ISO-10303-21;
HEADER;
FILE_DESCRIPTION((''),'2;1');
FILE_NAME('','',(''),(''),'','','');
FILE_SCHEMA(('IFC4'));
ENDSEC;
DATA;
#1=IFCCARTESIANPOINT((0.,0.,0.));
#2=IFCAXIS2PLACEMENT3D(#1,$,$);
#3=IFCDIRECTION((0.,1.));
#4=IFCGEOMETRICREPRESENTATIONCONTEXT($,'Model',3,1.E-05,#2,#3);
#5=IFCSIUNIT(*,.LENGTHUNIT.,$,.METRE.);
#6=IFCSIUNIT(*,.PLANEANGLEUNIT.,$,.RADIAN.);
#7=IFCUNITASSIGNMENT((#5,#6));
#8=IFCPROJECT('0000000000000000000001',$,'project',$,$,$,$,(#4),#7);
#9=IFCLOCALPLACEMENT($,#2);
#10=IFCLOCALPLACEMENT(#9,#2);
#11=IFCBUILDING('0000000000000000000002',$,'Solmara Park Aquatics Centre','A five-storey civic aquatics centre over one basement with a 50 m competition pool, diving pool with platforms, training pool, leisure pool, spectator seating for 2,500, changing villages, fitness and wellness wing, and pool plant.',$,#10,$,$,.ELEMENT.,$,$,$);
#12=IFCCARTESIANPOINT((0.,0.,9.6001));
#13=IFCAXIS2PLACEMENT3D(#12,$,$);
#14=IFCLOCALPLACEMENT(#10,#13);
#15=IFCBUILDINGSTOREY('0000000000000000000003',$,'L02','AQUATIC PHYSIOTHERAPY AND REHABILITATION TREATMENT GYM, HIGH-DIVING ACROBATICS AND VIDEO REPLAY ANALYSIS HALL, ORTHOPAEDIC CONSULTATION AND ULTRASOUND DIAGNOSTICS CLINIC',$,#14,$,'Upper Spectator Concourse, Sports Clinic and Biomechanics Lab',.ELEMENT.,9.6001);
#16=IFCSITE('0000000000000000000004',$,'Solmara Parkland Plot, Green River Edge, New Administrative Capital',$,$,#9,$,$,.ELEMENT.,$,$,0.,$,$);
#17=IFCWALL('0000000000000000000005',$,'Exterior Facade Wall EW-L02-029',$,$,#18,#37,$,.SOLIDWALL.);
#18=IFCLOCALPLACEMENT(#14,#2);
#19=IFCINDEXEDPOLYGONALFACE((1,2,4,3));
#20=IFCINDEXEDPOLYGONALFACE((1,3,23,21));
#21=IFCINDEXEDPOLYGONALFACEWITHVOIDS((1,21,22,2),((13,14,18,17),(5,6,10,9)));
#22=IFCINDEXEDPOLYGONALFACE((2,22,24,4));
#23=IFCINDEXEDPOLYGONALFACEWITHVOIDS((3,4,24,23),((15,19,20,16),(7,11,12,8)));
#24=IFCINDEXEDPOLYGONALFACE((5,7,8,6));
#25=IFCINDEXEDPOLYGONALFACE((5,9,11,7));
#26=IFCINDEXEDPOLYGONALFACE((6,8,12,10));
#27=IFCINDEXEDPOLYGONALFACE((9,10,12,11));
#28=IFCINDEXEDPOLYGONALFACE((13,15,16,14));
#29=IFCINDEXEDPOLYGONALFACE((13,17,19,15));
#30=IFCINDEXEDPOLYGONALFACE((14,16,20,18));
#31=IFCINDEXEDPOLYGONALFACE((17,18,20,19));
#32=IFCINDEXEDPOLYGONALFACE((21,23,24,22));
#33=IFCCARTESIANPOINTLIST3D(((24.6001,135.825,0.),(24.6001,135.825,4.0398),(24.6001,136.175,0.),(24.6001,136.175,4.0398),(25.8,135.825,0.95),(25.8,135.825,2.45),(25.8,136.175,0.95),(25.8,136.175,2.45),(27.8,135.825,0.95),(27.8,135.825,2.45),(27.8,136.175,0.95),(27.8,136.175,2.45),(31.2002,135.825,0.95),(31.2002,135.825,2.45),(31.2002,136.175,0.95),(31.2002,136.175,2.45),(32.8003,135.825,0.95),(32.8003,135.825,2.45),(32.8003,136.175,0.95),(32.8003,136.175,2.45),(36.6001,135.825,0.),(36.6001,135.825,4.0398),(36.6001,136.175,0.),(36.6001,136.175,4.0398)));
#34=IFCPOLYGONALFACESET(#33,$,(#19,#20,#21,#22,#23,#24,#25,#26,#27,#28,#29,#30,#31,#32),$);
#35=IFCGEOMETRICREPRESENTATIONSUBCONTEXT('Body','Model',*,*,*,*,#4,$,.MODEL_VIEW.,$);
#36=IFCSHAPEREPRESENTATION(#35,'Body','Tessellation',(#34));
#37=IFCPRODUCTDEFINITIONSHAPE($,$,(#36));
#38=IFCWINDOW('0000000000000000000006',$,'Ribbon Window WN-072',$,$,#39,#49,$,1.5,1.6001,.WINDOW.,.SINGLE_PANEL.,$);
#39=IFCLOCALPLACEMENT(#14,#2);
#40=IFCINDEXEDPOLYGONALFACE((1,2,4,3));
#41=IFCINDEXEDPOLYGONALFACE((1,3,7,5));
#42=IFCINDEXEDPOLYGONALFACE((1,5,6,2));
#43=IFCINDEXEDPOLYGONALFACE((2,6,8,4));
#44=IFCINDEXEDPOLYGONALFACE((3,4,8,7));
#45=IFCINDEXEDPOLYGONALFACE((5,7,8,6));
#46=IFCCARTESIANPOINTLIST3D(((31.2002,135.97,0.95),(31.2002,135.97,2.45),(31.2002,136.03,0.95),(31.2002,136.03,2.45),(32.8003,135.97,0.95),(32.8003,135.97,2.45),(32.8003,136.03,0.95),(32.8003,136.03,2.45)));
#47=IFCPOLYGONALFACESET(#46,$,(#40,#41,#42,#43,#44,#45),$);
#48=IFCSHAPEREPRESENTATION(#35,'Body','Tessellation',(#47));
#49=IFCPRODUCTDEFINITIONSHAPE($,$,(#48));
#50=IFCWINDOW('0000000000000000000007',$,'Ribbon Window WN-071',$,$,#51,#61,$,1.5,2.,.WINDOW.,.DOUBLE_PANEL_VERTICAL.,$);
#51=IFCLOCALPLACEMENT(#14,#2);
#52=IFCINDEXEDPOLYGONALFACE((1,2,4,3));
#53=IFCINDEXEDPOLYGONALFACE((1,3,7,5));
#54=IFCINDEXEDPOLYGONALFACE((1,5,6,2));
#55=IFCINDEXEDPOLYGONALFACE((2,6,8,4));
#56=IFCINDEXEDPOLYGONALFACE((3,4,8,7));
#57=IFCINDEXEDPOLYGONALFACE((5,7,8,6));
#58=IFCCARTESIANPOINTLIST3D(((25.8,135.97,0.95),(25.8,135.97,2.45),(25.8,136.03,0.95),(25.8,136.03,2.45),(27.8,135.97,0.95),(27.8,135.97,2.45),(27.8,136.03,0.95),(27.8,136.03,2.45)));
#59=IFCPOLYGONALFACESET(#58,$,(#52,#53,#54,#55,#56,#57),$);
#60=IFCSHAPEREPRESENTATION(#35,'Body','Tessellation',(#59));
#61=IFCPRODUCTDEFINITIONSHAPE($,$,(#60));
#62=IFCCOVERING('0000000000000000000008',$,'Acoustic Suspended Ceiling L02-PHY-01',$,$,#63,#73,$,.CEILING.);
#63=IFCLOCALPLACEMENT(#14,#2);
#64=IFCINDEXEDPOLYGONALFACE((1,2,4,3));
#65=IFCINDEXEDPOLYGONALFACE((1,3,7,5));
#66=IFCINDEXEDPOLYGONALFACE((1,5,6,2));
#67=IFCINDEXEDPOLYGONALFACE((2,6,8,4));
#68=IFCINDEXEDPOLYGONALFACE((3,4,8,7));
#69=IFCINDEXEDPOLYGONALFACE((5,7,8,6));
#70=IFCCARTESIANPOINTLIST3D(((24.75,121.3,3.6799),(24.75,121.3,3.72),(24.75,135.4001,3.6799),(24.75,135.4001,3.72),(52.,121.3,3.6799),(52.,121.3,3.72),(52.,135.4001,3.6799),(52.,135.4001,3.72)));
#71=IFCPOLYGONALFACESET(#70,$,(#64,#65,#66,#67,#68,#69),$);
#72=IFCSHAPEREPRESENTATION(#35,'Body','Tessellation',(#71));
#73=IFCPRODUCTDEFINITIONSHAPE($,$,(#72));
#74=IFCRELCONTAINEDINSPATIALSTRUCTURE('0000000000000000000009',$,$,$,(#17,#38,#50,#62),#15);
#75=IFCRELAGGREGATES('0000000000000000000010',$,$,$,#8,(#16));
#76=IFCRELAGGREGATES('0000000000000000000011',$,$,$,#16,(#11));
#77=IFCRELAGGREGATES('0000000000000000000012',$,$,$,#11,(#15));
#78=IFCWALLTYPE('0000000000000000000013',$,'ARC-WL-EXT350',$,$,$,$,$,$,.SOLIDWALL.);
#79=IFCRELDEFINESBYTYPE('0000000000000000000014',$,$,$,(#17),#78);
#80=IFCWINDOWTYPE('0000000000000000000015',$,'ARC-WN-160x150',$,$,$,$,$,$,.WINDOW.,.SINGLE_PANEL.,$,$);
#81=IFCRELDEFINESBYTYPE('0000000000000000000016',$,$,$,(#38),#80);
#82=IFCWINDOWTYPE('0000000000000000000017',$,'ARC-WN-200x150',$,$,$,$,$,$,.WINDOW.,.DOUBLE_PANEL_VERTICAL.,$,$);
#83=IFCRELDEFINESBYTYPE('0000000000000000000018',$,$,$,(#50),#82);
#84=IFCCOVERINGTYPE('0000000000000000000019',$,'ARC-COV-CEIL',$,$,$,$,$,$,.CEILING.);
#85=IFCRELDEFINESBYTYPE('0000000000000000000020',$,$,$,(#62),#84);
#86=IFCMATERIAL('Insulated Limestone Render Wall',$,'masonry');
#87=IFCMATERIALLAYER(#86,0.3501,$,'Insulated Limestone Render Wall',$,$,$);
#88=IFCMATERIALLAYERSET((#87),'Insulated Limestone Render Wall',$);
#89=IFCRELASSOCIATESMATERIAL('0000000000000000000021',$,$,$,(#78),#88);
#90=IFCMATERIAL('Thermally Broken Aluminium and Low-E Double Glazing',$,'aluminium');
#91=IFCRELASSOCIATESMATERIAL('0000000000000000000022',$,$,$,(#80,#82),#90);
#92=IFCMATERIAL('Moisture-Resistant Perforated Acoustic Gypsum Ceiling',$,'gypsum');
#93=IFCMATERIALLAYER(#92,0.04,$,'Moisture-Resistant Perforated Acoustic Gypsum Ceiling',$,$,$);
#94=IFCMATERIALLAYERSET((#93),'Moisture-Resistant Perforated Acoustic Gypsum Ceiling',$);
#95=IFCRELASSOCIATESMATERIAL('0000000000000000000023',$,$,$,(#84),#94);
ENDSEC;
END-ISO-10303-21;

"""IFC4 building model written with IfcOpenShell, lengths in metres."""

from ifc_helpers import new_model, si_unit, direction, frame, frame_2d, origin, origin_2d, place, context, subcontext, project, spatial, rectangle, extrude, material, layer, layer_set, type_object, element, fill, save


model = new_model("IFC4")

# Units and contexts
model_context = context("Model", 3, precision=1e-05, world=origin(), true_north=direction((0.0, 1.0)))
body_context = subcontext(model_context, "Body", "Model", "MODEL_VIEW")
ifc_project = project(units=[si_unit("LENGTHUNIT", "METRE"), si_unit("PLANEANGLEUNIT", "RADIAN")], contexts=[model_context])

# Site, building, storey
site_placement = place(None, origin())
site = spatial("IfcSite", under=ifc_project, at=site_placement, Name="Solmara Parkland Plot, Green River Edge, New Administrative Capital", CompositionType="ELEMENT", RefElevation=0.0)
building_placement = place(site_placement, origin())
building = spatial("IfcBuilding", under=site, at=building_placement, Name="Solmara Park Aquatics Centre", Description="A five-storey civic aquatics centre over one basement with a 50 m competition pool, diving pool with platforms, training pool, leisure pool, spectator seating for 2,500, changing villages, fitness and wellness wing, and pool plant.", CompositionType="ELEMENT")
storey_placement = place(building_placement, frame((0.0, 0.0, 9.6001)))
storey = spatial("IfcBuildingStorey", under=building, at=storey_placement, Name="L02", Description="AQUATIC PHYSIOTHERAPY AND REHABILITATION TREATMENT GYM, HIGH-DIVING ACROBATICS AND VIDEO REPLAY ANALYSIS HALL, ORTHOPAEDIC CONSULTATION AND ULTRASOUND DIAGNOSTICS CLINIC", LongName="Upper Spectator Concourse, Sports Clinic and Biomechanics Lab", CompositionType="ELEMENT", Elevation=9.6001)

# Wall, openings, windows
ifc_material_1 = material(Name="Insulated Limestone Render Wall", Category="masonry")
ifc_layer_1 = layer(ifc_material_1, 0.3501, Name="Insulated Limestone Render Wall")
ifc_layer_set_1 = layer_set([ifc_layer_1], Name="Insulated Limestone Render Wall")
wall_type_1 = type_object("IfcWallType", Name="ARC-WL-EXT350", PredefinedType="SOLIDWALL", material=ifc_layer_set_1)
wall_1_placement = place(storey_placement, frame((24.6001, 136.0, 0.0), z_axis=(0.0, 0.0, 1.0), x_axis=(1.0, 0.0, 0.0)))
wall_1 = element("IfcWall", 1, at=wall_1_placement, inside=storey, type_object=wall_type_1, Name="Exterior Facade Wall EW-L02-029", PredefinedType="SOLIDWALL", context=body_context, shape_type="SweptSolid", body=[
    extrude(rectangle(XDim=12.0, YDim=0.3501, at=frame_2d((6.0, 0.0))), origin(), (0.0, 0.0, 1.0), 4.0398),
])
opening_1_placement = place(wall_1_placement, frame((1.2, 0.0, 0.95)))
opening_1 = element("IfcOpeningElement", 2, at=opening_1_placement, cuts=wall_1, PredefinedType="OPENING", context=body_context, shape_type="SweptSolid", body=[
    extrude(rectangle(XDim=2.0, YDim=1.5, at=frame_2d((1.0, 0.75))), frame((0.0, 0.1851, 0.0), z_axis=(0.0, -1.0, 0.0), x_axis=(1.0, 0.0, 0.0)), (0.0, 0.0, 1.0), 0.3701),
])
opening_2_placement = place(wall_1_placement, frame((6.6001, 0.0, 0.95)))
opening_2 = element("IfcOpeningElement", 3, at=opening_2_placement, cuts=wall_1, PredefinedType="OPENING", context=body_context, shape_type="SweptSolid", body=[
    extrude(rectangle(XDim=1.6001, YDim=1.5, at=frame_2d((0.8, 0.75))), frame((0.0, 0.1851, 0.0), z_axis=(0.0, -1.0, 0.0), x_axis=(1.0, 0.0, 0.0)), (0.0, 0.0, 1.0), 0.3701),
])
ifc_material_2 = material(Name="Thermally Broken Aluminium and Low-E Double Glazing", Category="aluminium")
window_type_1 = type_object("IfcWindowType", Name="ARC-WN-160x150", PartitioningType="SINGLE_PANEL", PredefinedType="WINDOW", material=ifc_material_2)
window_1_placement = place(opening_2_placement, origin())
window_1 = element("IfcWindow", 4, at=window_1_placement, inside=storey, type_object=window_type_1, Name="Ribbon Window WN-072", OverallHeight=1.5, OverallWidth=1.6001, PartitioningType="SINGLE_PANEL", PredefinedType="WINDOW", context=body_context, shape_type="SweptSolid", body=[
    extrude(rectangle(XDim=1.6001, YDim=1.5, at=frame_2d((0.8, 0.75))), frame((0.0, 0.03, 0.0), z_axis=(0.0, -1.0, 0.0), x_axis=(1.0, 0.0, 0.0)), (0.0, 0.0, 1.0), 0.0601),
])
fill(opening_2, window_1)
window_type_2 = type_object("IfcWindowType", Name="ARC-WN-200x150", PartitioningType="DOUBLE_PANEL_VERTICAL", PredefinedType="WINDOW", material=ifc_material_2)
window_2_placement = place(opening_1_placement, origin())
window_2 = element("IfcWindow", 5, at=window_2_placement, inside=storey, type_object=window_type_2, Name="Ribbon Window WN-071", OverallHeight=1.5, OverallWidth=2.0, PartitioningType="DOUBLE_PANEL_VERTICAL", PredefinedType="WINDOW", context=body_context, shape_type="SweptSolid", body=[
    extrude(rectangle(XDim=2.0, YDim=1.5, at=frame_2d((1.0, 0.75))), frame((0.0, 0.03, 0.0), z_axis=(0.0, -1.0, 0.0), x_axis=(1.0, 0.0, 0.0)), (0.0, 0.0, 1.0), 0.0601),
])
fill(opening_1, window_2)

# Covering
ifc_material_3 = material(Name="Moisture-Resistant Perforated Acoustic Gypsum Ceiling", Category="gypsum")
ifc_layer_2 = layer(ifc_material_3, 0.04, Name="Moisture-Resistant Perforated Acoustic Gypsum Ceiling")
ifc_layer_set_2 = layer_set([ifc_layer_2], Name="Moisture-Resistant Perforated Acoustic Gypsum Ceiling")
covering_type = type_object("IfcCoveringType", Name="ARC-COV-CEIL", PredefinedType="CEILING", material=ifc_layer_set_2)
covering_placement = place(storey_placement, frame((38.375, 128.3501, 3.6799), z_axis=(0.0, 0.0, 1.0), x_axis=(1.0, 0.0, 0.0)))
element("IfcCovering", 6, at=covering_placement, inside=storey, type_object=covering_type, Name="Acoustic Suspended Ceiling L02-PHY-01", PredefinedType="CEILING", context=body_context, shape_type="SweptSolid", body=[
    extrude(rectangle(XDim=27.25, YDim=14.1001, at=origin_2d()), origin(), (0.0, 0.0, 1.0), 0.04),
])

save(model, "model.ifc")
